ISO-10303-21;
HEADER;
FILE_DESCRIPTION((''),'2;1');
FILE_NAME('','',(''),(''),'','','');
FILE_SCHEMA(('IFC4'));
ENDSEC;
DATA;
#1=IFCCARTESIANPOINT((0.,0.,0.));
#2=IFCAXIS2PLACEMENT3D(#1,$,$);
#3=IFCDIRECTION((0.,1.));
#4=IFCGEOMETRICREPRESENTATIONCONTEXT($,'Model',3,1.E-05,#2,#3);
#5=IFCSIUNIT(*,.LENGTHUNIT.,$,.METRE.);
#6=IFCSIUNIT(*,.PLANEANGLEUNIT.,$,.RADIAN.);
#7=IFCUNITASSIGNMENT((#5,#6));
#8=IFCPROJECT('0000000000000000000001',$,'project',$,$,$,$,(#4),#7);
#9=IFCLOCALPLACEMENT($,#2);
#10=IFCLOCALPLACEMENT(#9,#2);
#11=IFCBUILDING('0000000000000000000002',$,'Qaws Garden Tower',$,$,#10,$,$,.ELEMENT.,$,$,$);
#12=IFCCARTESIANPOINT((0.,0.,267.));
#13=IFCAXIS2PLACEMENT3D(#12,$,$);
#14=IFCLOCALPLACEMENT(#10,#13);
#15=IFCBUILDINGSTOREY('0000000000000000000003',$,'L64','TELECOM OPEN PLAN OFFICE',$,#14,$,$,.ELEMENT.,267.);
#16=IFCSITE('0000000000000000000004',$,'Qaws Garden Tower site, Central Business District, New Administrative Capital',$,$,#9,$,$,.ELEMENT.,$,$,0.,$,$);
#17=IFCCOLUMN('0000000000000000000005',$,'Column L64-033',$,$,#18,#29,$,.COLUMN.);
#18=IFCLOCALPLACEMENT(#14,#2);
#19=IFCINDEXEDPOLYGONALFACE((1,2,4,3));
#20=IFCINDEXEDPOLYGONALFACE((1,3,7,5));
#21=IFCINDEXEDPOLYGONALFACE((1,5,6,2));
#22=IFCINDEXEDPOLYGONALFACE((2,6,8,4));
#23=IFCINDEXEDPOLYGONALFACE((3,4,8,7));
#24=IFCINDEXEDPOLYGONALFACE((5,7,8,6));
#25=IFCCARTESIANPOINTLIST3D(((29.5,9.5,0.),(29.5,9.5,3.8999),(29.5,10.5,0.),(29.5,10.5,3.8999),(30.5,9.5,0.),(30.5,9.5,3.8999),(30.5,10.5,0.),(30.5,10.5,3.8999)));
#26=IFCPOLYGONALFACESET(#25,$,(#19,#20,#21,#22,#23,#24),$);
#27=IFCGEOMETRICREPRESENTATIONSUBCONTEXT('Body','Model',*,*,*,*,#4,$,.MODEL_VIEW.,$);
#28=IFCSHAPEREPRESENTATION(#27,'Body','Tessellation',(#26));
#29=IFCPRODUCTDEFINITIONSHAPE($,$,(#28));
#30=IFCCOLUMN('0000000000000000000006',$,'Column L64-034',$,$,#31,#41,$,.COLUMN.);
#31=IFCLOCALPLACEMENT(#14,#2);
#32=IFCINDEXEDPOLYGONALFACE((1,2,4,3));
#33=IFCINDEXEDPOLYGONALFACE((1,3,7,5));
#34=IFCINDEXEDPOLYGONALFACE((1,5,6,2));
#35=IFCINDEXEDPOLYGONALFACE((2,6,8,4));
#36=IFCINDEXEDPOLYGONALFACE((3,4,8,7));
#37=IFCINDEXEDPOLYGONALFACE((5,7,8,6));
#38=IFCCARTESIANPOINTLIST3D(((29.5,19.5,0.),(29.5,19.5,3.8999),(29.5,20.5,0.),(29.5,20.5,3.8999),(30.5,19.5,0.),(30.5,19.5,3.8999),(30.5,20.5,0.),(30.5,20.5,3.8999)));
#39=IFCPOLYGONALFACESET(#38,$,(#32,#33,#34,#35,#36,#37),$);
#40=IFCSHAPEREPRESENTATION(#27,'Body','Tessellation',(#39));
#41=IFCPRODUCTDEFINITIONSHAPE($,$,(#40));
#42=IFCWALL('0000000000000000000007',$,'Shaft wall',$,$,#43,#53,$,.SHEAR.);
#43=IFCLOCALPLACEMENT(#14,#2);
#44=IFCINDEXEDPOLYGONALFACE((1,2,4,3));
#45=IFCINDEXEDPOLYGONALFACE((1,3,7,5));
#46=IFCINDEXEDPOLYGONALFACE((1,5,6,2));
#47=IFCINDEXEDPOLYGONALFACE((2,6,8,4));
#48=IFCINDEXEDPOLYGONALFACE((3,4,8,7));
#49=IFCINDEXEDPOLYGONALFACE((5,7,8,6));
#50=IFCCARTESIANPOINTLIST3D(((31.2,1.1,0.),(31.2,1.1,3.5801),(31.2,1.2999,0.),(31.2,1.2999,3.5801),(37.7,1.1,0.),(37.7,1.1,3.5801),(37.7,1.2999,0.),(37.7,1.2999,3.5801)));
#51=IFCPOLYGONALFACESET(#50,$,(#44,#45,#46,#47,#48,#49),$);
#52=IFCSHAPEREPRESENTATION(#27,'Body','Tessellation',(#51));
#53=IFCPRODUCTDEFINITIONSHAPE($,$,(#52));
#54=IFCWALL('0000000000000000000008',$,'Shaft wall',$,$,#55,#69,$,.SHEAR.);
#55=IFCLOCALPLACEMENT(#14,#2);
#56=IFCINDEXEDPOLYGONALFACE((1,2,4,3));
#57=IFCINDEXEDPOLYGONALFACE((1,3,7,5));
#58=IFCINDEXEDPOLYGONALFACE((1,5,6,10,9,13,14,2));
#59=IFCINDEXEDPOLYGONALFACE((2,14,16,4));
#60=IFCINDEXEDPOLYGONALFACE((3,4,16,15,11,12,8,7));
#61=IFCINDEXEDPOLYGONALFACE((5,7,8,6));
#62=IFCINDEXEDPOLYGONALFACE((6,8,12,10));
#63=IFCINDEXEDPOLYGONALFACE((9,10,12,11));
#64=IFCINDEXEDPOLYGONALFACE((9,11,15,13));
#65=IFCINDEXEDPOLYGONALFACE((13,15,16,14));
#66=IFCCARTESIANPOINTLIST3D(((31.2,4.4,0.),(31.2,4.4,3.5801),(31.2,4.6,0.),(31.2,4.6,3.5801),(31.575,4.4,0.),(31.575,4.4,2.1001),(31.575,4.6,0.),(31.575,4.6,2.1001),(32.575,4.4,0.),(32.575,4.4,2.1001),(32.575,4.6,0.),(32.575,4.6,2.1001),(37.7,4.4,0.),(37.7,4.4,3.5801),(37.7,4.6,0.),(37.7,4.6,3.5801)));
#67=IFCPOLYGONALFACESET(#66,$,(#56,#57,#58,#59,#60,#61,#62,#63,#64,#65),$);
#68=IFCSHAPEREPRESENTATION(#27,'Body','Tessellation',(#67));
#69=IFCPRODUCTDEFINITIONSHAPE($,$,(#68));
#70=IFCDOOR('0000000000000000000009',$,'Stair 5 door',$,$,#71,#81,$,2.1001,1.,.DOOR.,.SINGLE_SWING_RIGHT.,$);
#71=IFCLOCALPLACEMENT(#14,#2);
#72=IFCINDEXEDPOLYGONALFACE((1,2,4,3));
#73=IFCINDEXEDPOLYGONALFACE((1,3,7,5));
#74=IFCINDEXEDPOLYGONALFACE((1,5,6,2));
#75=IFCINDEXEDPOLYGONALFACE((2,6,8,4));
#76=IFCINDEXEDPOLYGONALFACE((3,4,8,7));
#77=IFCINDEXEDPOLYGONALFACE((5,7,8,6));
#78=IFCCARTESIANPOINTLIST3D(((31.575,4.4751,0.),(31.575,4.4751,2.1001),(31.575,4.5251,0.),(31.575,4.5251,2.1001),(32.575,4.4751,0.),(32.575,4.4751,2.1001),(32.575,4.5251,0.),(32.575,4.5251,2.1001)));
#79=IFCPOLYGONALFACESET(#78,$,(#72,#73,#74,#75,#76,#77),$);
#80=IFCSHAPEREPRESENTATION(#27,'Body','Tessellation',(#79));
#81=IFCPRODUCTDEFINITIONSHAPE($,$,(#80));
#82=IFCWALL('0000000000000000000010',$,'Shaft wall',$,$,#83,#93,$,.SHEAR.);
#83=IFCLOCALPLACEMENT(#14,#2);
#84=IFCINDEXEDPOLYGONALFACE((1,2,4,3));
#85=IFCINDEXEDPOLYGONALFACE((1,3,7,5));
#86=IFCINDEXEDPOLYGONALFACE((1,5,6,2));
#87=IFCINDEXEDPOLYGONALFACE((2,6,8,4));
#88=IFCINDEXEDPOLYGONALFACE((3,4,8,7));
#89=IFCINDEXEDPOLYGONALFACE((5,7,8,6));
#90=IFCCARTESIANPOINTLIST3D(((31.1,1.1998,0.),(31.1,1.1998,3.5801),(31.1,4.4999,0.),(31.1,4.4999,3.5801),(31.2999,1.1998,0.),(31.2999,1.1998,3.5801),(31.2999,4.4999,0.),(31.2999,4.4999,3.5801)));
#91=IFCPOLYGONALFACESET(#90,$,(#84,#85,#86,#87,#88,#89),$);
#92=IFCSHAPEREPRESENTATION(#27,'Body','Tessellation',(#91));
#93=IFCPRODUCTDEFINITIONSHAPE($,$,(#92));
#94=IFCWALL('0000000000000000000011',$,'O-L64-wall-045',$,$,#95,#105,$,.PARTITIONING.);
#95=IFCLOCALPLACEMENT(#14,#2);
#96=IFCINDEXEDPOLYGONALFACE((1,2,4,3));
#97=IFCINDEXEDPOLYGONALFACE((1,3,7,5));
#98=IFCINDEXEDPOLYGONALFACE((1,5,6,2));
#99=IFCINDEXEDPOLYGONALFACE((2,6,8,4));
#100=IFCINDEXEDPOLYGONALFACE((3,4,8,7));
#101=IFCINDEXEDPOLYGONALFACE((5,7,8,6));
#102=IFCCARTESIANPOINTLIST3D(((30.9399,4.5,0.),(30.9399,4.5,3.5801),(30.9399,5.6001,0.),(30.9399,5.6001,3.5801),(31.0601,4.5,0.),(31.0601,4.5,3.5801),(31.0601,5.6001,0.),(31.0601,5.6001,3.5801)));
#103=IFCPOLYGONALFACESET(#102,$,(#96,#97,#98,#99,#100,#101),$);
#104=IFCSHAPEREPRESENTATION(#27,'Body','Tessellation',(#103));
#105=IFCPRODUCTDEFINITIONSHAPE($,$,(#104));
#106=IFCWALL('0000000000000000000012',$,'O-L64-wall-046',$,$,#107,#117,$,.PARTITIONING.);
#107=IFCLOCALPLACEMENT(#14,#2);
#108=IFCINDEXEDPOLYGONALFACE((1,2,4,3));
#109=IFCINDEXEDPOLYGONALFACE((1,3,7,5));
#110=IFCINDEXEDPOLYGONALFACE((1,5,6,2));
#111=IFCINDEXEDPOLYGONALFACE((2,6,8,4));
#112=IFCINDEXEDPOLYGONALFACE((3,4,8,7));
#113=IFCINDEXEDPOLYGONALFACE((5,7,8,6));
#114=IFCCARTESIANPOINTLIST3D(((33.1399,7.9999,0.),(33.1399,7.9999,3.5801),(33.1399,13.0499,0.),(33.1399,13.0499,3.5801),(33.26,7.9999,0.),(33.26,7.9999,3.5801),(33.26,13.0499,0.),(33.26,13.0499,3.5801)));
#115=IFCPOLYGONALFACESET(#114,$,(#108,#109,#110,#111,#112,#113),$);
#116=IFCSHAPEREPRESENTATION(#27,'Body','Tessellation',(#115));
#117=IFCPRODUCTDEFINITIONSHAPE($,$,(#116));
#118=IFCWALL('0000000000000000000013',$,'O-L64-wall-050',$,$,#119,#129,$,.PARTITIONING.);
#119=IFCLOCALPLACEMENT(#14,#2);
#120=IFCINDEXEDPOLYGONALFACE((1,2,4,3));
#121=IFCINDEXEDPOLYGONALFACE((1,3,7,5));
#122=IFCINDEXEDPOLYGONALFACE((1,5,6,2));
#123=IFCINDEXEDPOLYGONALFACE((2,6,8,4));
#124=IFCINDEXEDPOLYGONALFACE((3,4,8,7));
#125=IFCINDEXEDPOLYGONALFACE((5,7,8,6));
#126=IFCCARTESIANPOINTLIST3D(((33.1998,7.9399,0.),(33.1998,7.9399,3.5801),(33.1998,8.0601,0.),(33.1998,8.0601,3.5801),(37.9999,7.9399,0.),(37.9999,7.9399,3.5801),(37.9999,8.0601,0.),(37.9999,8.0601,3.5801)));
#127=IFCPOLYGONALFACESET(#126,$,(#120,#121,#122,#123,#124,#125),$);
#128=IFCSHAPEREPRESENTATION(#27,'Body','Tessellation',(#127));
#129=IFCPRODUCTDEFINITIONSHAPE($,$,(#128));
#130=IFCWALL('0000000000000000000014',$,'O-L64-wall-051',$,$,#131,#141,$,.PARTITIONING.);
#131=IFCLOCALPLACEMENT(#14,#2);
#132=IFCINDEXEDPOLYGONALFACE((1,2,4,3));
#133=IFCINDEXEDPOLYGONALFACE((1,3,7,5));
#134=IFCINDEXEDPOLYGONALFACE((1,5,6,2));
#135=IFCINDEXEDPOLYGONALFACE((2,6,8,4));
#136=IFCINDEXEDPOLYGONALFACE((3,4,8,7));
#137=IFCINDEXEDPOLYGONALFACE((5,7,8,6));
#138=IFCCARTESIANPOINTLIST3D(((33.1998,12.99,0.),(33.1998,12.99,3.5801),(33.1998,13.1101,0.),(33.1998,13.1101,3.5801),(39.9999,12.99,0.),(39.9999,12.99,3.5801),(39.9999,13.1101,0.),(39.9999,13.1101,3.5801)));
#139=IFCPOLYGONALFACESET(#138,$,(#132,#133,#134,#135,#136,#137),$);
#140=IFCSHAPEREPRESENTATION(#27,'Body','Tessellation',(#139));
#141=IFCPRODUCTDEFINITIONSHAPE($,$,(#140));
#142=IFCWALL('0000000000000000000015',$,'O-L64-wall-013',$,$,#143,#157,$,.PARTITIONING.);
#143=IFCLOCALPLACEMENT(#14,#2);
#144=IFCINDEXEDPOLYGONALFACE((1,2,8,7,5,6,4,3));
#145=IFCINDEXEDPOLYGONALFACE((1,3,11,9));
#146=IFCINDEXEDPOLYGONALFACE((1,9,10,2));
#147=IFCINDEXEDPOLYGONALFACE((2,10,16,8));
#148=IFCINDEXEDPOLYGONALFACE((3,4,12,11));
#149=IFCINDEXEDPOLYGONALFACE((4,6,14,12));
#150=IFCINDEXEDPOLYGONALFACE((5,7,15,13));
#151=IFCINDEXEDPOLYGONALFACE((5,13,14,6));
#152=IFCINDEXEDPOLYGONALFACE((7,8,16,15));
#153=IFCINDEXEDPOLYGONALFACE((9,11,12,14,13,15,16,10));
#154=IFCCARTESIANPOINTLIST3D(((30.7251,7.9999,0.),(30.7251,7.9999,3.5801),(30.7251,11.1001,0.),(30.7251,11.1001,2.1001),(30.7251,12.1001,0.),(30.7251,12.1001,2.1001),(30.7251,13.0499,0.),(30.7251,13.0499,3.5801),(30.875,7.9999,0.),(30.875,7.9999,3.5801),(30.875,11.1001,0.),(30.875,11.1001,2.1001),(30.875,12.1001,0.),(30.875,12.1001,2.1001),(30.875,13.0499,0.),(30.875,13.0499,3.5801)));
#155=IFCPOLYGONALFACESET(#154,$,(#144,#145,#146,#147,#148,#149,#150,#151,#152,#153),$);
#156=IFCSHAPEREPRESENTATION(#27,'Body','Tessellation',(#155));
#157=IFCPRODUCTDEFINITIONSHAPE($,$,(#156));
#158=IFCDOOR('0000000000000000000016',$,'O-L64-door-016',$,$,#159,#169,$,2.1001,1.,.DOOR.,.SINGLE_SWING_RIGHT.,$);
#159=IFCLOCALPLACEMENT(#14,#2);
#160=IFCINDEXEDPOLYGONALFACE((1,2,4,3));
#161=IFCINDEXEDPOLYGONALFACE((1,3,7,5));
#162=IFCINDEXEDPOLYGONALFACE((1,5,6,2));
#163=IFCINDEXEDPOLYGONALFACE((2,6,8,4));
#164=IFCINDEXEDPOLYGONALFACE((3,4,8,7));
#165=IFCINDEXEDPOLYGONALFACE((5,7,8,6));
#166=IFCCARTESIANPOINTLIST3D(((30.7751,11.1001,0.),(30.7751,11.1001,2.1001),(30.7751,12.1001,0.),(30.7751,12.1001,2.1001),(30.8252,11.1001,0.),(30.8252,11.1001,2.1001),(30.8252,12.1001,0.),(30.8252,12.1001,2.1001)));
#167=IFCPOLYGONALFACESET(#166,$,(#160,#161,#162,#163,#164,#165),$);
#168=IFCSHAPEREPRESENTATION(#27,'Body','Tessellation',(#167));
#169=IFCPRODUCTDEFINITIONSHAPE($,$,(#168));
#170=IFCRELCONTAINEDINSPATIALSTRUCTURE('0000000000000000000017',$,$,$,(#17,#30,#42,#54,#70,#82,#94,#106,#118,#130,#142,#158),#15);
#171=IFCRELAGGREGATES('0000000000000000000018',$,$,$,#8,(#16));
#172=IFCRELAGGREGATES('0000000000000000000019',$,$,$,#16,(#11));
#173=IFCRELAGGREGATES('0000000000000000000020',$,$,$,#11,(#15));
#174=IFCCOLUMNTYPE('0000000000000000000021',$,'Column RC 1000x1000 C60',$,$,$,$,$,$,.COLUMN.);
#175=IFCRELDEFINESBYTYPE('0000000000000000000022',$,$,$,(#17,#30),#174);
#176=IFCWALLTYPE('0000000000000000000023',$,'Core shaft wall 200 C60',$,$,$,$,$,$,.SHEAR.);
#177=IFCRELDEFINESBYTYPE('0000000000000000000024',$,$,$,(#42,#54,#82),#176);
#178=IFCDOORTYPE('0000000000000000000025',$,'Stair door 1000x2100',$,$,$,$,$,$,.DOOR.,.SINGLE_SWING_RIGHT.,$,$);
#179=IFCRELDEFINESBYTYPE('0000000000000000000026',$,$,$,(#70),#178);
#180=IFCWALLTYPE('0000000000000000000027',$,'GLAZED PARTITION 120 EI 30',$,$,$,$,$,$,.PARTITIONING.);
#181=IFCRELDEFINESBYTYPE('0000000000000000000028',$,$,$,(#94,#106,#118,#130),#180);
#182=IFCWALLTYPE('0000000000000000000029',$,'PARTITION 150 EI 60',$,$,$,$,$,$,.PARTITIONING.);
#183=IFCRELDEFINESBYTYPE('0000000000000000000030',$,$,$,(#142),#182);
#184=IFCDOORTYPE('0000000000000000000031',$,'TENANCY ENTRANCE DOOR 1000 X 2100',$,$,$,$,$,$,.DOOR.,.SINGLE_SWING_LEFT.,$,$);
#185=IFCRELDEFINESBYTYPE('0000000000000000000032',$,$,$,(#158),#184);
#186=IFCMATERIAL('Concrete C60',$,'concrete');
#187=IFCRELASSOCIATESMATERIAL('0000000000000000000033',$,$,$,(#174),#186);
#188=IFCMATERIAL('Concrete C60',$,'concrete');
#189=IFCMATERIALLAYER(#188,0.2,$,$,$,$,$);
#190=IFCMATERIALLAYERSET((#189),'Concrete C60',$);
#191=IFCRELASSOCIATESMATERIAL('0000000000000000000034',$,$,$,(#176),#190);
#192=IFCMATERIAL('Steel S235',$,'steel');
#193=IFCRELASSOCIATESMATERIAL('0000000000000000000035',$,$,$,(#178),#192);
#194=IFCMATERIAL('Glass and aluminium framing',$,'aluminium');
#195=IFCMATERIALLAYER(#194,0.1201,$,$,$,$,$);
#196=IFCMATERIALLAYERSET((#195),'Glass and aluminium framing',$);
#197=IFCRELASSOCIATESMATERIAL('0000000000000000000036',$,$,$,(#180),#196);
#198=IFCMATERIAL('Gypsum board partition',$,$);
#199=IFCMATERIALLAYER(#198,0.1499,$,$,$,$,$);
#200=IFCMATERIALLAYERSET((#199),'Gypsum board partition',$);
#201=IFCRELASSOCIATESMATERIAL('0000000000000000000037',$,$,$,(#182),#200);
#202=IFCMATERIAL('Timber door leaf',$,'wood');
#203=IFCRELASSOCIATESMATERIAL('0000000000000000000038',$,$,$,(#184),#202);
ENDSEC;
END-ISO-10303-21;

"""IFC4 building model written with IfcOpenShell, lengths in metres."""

from ifc_helpers import new_model, si_unit, direction, frame, frame_2d, origin, origin_2d, place, context, subcontext, project, spatial, rectangle, extrude, material, layer, layer_set, material_profile, profile_set, type_object, element, fill, save


model = new_model("IFC4")

# Units and contexts
model_context = context("Model", 3, precision=1e-05, world=origin(), true_north=direction((0.0, 1.0)))
body_context = subcontext(model_context, "Body", "Model", "MODEL_VIEW")
ifc_project = project(units=[si_unit("LENGTHUNIT", "METRE"), si_unit("PLANEANGLEUNIT", "RADIAN")], contexts=[model_context])

# Site, building, storey
site_placement = place(None, origin())
site = spatial("IfcSite", under=ifc_project, at=site_placement, Name="Qaws Garden Tower site, Central Business District, New Administrative Capital", CompositionType="ELEMENT", RefElevation=0.0)
building_placement = place(site_placement, origin())
building = spatial("IfcBuilding", under=site, at=building_placement, Name="Qaws Garden Tower", CompositionType="ELEMENT")
storey_placement = place(building_placement, frame((0.0, 0.0, 267.0)))
storey = spatial("IfcBuildingStorey", under=building, at=storey_placement, Name="L64", Description="TELECOM OPEN PLAN OFFICE", CompositionType="ELEMENT", Elevation=267.0)

# Columns
ifc_material_1 = material(Name="Concrete C60", Category="concrete")
ifc_material_profile = material_profile(ifc_material_1, rectangle(XDim=1.0, YDim=1.0, at=origin_2d()), Name="RC 1000x1000")
ifc_profile_set = profile_set([ifc_material_profile], Name="Concrete C60")
column_type = type_object("IfcColumnType", Name="Column RC 1000x1000 C60", PredefinedType="COLUMN", material=ifc_profile_set)
for number, where, z_axis, x_axis, name in (
    (1, (30.0, 10.0, 0.0), (0.0, 0.0, 1.0), (1.0, 0.0, 0.0), "Column L64-033"),
    (2, (30.0, 20.0, 0.0), (0.0, 0.0, 1.0), (1.0, 0.0, 0.0), "Column L64-034"),
):
    element("IfcColumn", number, at=place(storey_placement, frame(where, z_axis=z_axis, x_axis=x_axis)), inside=storey, type_object=column_type, Name=name, PredefinedType="COLUMN", context=body_context, shape_type="SweptSolid", body=[
        extrude(rectangle(XDim=1.0, YDim=1.0, at=origin_2d()), origin(), (0.0, 0.0, 1.0), 3.8999),
    ])

# Wall
ifc_material_2 = material(Name="Concrete C60", Category="concrete")
ifc_layer_1 = layer(ifc_material_2, 0.2)
ifc_layer_set_1 = layer_set([ifc_layer_1], Name="Concrete C60")
wall_type_1 = type_object("IfcWallType", Name="Core shaft wall 200 C60", PredefinedType="SHEAR", material=ifc_layer_set_1)
wall_1_placement = place(storey_placement, frame((31.2, 1.2, 0.0), z_axis=(0.0, 0.0, 1.0), x_axis=(1.0, 0.0, 0.0)))
element("IfcWall", 3, at=wall_1_placement, inside=storey, type_object=wall_type_1, Name="Shaft wall", PredefinedType="SHEAR", context=body_context, shape_type="SweptSolid", body=[
    extrude(rectangle(XDim=6.5, YDim=0.2, at=frame_2d((3.25, 0.0))), origin(), (0.0, 0.0, 1.0), 3.5801),
])

# Wall, opening, door
wall_2_placement = place(storey_placement, frame((31.2, 4.5, 0.0), z_axis=(0.0, 0.0, 1.0), x_axis=(1.0, 0.0, 0.0)))
wall_2 = element("IfcWall", 4, at=wall_2_placement, inside=storey, type_object=wall_type_1, Name="Shaft wall", PredefinedType="SHEAR", context=body_context, shape_type="SweptSolid", body=[
    extrude(rectangle(XDim=6.5, YDim=0.2, at=frame_2d((3.25, 0.0))), origin(), (0.0, 0.0, 1.0), 3.5801),
])
opening_1_placement = place(wall_2_placement, frame((0.375, 0.0, 0.0)))
opening_1 = element("IfcOpeningElement", 5, at=opening_1_placement, cuts=wall_2, PredefinedType="OPENING", context=body_context, shape_type="SweptSolid", body=[
    extrude(rectangle(XDim=1.0, YDim=2.1001, at=frame_2d((0.5, 1.05))), frame((0.0, 0.1099, 0.0), z_axis=(0.0, -1.0, 0.0), x_axis=(1.0, 0.0, 0.0)), (0.0, 0.0, 1.0), 0.22),
])
ifc_material_3 = material(Name="Steel S235", Category="steel")
door_type_1 = type_object("IfcDoorType", Name="Stair door 1000x2100", OperationType="SINGLE_SWING_RIGHT", PredefinedType="DOOR", material=ifc_material_3)
door_1_placement = place(opening_1_placement, frame((1.0, 0.0, 0.0), z_axis=(0.0, 0.0, 1.0), x_axis=(-1.0, 0.0, 0.0)))
door_1 = element("IfcDoor", 6, at=door_1_placement, inside=storey, type_object=door_type_1, Name="Stair 5 door", OperationType="SINGLE_SWING_RIGHT", OverallHeight=2.1001, OverallWidth=1.0, PredefinedType="DOOR", context=body_context, shape_type="SweptSolid", body=[
    extrude(rectangle(XDim=1.0, YDim=2.1001, at=frame_2d((0.5, 1.05))), frame((0.0, 0.0249, 0.0), z_axis=(0.0, -1.0, 0.0), x_axis=(1.0, 0.0, 0.0)), (0.0, 0.0, 1.0), 0.05),
])
fill(opening_1, door_1)

# Walls
wall_3_placement = place(storey_placement, frame((31.2, 1.2, 0.0), z_axis=(0.0, 0.0, 1.0), x_axis=(0.0, 1.0, 0.0)))
element("IfcWall", 7, at=wall_3_placement, inside=storey, type_object=wall_type_1, Name="Shaft wall", PredefinedType="SHEAR", context=body_context, shape_type="SweptSolid", body=[
    extrude(rectangle(XDim=3.3, YDim=0.2, at=frame_2d((1.6499, 0.0))), origin(), (0.0, 0.0, 1.0), 3.5801),
])
ifc_material_4 = material(Name="Glass and aluminium framing", Category="aluminium")
ifc_layer_2 = layer(ifc_material_4, 0.1201)
ifc_layer_set_2 = layer_set([ifc_layer_2], Name="Glass and aluminium framing")
wall_type_2 = type_object("IfcWallType", Name="GLAZED PARTITION 120 EI 30", PredefinedType="PARTITIONING", material=ifc_layer_set_2)
wall_4_placement = place(storey_placement, frame((31.0, 4.5, 0.0), z_axis=(0.0, 0.0, 1.0), x_axis=(0.0, 1.0, 0.0)))
element("IfcWall", 8, at=wall_4_placement, inside=storey, type_object=wall_type_2, Name="O-L64-wall-045", PredefinedType="PARTITIONING", context=body_context, shape_type="SweptSolid", body=[
    extrude(rectangle(XDim=1.1001, YDim=0.1201, at=frame_2d((0.55, 0.0))), origin(), (0.0, 0.0, 1.0), 3.5801),
])
wall_5_placement = place(storey_placement, frame((33.2, 8.0, 0.0), z_axis=(0.0, 0.0, 1.0), x_axis=(0.0, 1.0, 0.0)))
element("IfcWall", 9, at=wall_5_placement, inside=storey, type_object=wall_type_2, Name="O-L64-wall-046", PredefinedType="PARTITIONING", context=body_context, shape_type="SweptSolid", body=[
    extrude(rectangle(XDim=5.05, YDim=0.1201, at=frame_2d((2.5249, 0.0))), origin(), (0.0, 0.0, 1.0), 3.5801),
])
wall_6_placement = place(storey_placement, frame((33.2, 8.0, 0.0), z_axis=(0.0, 0.0, 1.0), x_axis=(1.0, 0.0, 0.0)))
element("IfcWall", 10, at=wall_6_placement, inside=storey, type_object=wall_type_2, Name="O-L64-wall-050", PredefinedType="PARTITIONING", context=body_context, shape_type="SweptSolid", body=[
    extrude(rectangle(XDim=4.8, YDim=0.1201, at=frame_2d((2.3999, 0.0))), origin(), (0.0, 0.0, 1.0), 3.5801),
])
wall_7_placement = place(storey_placement, frame((33.2, 13.05, 0.0), z_axis=(0.0, 0.0, 1.0), x_axis=(1.0, 0.0, 0.0)))
element("IfcWall", 11, at=wall_7_placement, inside=storey, type_object=wall_type_2, Name="O-L64-wall-051", PredefinedType="PARTITIONING", context=body_context, shape_type="SweptSolid", body=[
    extrude(rectangle(XDim=6.8, YDim=0.1201, at=frame_2d((3.3999, 0.0))), origin(), (0.0, 0.0, 1.0), 3.5801),
])

# Wall, opening, door
ifc_material_5 = material(Name="Gypsum board partition")
ifc_layer_3 = layer(ifc_material_5, 0.1499)
ifc_layer_set_3 = layer_set([ifc_layer_3], Name="Gypsum board partition")
wall_type_3 = type_object("IfcWallType", Name="PARTITION 150 EI 60", PredefinedType="PARTITIONING", material=ifc_layer_set_3)
wall_8_placement = place(storey_placement, frame((30.8, 8.0, 0.0), z_axis=(0.0, 0.0, 1.0), x_axis=(0.0, 1.0, 0.0)))
wall_8 = element("IfcWall", 12, at=wall_8_placement, inside=storey, type_object=wall_type_3, Name="O-L64-wall-013", PredefinedType="PARTITIONING", context=body_context, shape_type="SweptSolid", body=[
    extrude(rectangle(XDim=5.05, YDim=0.1499, at=frame_2d((2.5249, 0.0))), origin(), (0.0, 0.0, 1.0), 3.5801),
])
opening_2_placement = place(wall_8_placement, frame((3.1001, 0.0, 0.0)))
opening_2 = element("IfcOpeningElement", 13, at=opening_2_placement, cuts=wall_8, PredefinedType="OPENING", context=body_context, shape_type="SweptSolid", body=[
    extrude(rectangle(XDim=1.0, YDim=2.1001, at=frame_2d((0.5, 1.05))), frame((0.0, 0.085, 0.0), z_axis=(0.0, -1.0, 0.0), x_axis=(1.0, 0.0, 0.0)), (0.0, 0.0, 1.0), 0.1699),
])
ifc_material_6 = material(Name="Timber door leaf", Category="wood")
door_type_2 = type_object("IfcDoorType", Name="TENANCY ENTRANCE DOOR 1000 X 2100", OperationType="SINGLE_SWING_LEFT", PredefinedType="DOOR", material=ifc_material_6)
door_2_placement = place(opening_2_placement, origin())
door_2 = element("IfcDoor", 14, at=door_2_placement, inside=storey, type_object=door_type_2, Name="O-L64-door-016", OperationType="SINGLE_SWING_RIGHT", OverallHeight=2.1001, OverallWidth=1.0, PredefinedType="DOOR", context=body_context, shape_type="SweptSolid", body=[
    extrude(rectangle(XDim=1.0, YDim=2.1001, at=frame_2d((0.5, 1.05))), frame((0.0, 0.0249, 0.0), z_axis=(0.0, -1.0, 0.0), x_axis=(1.0, 0.0, 0.0)), (0.0, 0.0, 1.0), 0.05),
])
fill(opening_2, door_2)

save(model, "model.ifc")
